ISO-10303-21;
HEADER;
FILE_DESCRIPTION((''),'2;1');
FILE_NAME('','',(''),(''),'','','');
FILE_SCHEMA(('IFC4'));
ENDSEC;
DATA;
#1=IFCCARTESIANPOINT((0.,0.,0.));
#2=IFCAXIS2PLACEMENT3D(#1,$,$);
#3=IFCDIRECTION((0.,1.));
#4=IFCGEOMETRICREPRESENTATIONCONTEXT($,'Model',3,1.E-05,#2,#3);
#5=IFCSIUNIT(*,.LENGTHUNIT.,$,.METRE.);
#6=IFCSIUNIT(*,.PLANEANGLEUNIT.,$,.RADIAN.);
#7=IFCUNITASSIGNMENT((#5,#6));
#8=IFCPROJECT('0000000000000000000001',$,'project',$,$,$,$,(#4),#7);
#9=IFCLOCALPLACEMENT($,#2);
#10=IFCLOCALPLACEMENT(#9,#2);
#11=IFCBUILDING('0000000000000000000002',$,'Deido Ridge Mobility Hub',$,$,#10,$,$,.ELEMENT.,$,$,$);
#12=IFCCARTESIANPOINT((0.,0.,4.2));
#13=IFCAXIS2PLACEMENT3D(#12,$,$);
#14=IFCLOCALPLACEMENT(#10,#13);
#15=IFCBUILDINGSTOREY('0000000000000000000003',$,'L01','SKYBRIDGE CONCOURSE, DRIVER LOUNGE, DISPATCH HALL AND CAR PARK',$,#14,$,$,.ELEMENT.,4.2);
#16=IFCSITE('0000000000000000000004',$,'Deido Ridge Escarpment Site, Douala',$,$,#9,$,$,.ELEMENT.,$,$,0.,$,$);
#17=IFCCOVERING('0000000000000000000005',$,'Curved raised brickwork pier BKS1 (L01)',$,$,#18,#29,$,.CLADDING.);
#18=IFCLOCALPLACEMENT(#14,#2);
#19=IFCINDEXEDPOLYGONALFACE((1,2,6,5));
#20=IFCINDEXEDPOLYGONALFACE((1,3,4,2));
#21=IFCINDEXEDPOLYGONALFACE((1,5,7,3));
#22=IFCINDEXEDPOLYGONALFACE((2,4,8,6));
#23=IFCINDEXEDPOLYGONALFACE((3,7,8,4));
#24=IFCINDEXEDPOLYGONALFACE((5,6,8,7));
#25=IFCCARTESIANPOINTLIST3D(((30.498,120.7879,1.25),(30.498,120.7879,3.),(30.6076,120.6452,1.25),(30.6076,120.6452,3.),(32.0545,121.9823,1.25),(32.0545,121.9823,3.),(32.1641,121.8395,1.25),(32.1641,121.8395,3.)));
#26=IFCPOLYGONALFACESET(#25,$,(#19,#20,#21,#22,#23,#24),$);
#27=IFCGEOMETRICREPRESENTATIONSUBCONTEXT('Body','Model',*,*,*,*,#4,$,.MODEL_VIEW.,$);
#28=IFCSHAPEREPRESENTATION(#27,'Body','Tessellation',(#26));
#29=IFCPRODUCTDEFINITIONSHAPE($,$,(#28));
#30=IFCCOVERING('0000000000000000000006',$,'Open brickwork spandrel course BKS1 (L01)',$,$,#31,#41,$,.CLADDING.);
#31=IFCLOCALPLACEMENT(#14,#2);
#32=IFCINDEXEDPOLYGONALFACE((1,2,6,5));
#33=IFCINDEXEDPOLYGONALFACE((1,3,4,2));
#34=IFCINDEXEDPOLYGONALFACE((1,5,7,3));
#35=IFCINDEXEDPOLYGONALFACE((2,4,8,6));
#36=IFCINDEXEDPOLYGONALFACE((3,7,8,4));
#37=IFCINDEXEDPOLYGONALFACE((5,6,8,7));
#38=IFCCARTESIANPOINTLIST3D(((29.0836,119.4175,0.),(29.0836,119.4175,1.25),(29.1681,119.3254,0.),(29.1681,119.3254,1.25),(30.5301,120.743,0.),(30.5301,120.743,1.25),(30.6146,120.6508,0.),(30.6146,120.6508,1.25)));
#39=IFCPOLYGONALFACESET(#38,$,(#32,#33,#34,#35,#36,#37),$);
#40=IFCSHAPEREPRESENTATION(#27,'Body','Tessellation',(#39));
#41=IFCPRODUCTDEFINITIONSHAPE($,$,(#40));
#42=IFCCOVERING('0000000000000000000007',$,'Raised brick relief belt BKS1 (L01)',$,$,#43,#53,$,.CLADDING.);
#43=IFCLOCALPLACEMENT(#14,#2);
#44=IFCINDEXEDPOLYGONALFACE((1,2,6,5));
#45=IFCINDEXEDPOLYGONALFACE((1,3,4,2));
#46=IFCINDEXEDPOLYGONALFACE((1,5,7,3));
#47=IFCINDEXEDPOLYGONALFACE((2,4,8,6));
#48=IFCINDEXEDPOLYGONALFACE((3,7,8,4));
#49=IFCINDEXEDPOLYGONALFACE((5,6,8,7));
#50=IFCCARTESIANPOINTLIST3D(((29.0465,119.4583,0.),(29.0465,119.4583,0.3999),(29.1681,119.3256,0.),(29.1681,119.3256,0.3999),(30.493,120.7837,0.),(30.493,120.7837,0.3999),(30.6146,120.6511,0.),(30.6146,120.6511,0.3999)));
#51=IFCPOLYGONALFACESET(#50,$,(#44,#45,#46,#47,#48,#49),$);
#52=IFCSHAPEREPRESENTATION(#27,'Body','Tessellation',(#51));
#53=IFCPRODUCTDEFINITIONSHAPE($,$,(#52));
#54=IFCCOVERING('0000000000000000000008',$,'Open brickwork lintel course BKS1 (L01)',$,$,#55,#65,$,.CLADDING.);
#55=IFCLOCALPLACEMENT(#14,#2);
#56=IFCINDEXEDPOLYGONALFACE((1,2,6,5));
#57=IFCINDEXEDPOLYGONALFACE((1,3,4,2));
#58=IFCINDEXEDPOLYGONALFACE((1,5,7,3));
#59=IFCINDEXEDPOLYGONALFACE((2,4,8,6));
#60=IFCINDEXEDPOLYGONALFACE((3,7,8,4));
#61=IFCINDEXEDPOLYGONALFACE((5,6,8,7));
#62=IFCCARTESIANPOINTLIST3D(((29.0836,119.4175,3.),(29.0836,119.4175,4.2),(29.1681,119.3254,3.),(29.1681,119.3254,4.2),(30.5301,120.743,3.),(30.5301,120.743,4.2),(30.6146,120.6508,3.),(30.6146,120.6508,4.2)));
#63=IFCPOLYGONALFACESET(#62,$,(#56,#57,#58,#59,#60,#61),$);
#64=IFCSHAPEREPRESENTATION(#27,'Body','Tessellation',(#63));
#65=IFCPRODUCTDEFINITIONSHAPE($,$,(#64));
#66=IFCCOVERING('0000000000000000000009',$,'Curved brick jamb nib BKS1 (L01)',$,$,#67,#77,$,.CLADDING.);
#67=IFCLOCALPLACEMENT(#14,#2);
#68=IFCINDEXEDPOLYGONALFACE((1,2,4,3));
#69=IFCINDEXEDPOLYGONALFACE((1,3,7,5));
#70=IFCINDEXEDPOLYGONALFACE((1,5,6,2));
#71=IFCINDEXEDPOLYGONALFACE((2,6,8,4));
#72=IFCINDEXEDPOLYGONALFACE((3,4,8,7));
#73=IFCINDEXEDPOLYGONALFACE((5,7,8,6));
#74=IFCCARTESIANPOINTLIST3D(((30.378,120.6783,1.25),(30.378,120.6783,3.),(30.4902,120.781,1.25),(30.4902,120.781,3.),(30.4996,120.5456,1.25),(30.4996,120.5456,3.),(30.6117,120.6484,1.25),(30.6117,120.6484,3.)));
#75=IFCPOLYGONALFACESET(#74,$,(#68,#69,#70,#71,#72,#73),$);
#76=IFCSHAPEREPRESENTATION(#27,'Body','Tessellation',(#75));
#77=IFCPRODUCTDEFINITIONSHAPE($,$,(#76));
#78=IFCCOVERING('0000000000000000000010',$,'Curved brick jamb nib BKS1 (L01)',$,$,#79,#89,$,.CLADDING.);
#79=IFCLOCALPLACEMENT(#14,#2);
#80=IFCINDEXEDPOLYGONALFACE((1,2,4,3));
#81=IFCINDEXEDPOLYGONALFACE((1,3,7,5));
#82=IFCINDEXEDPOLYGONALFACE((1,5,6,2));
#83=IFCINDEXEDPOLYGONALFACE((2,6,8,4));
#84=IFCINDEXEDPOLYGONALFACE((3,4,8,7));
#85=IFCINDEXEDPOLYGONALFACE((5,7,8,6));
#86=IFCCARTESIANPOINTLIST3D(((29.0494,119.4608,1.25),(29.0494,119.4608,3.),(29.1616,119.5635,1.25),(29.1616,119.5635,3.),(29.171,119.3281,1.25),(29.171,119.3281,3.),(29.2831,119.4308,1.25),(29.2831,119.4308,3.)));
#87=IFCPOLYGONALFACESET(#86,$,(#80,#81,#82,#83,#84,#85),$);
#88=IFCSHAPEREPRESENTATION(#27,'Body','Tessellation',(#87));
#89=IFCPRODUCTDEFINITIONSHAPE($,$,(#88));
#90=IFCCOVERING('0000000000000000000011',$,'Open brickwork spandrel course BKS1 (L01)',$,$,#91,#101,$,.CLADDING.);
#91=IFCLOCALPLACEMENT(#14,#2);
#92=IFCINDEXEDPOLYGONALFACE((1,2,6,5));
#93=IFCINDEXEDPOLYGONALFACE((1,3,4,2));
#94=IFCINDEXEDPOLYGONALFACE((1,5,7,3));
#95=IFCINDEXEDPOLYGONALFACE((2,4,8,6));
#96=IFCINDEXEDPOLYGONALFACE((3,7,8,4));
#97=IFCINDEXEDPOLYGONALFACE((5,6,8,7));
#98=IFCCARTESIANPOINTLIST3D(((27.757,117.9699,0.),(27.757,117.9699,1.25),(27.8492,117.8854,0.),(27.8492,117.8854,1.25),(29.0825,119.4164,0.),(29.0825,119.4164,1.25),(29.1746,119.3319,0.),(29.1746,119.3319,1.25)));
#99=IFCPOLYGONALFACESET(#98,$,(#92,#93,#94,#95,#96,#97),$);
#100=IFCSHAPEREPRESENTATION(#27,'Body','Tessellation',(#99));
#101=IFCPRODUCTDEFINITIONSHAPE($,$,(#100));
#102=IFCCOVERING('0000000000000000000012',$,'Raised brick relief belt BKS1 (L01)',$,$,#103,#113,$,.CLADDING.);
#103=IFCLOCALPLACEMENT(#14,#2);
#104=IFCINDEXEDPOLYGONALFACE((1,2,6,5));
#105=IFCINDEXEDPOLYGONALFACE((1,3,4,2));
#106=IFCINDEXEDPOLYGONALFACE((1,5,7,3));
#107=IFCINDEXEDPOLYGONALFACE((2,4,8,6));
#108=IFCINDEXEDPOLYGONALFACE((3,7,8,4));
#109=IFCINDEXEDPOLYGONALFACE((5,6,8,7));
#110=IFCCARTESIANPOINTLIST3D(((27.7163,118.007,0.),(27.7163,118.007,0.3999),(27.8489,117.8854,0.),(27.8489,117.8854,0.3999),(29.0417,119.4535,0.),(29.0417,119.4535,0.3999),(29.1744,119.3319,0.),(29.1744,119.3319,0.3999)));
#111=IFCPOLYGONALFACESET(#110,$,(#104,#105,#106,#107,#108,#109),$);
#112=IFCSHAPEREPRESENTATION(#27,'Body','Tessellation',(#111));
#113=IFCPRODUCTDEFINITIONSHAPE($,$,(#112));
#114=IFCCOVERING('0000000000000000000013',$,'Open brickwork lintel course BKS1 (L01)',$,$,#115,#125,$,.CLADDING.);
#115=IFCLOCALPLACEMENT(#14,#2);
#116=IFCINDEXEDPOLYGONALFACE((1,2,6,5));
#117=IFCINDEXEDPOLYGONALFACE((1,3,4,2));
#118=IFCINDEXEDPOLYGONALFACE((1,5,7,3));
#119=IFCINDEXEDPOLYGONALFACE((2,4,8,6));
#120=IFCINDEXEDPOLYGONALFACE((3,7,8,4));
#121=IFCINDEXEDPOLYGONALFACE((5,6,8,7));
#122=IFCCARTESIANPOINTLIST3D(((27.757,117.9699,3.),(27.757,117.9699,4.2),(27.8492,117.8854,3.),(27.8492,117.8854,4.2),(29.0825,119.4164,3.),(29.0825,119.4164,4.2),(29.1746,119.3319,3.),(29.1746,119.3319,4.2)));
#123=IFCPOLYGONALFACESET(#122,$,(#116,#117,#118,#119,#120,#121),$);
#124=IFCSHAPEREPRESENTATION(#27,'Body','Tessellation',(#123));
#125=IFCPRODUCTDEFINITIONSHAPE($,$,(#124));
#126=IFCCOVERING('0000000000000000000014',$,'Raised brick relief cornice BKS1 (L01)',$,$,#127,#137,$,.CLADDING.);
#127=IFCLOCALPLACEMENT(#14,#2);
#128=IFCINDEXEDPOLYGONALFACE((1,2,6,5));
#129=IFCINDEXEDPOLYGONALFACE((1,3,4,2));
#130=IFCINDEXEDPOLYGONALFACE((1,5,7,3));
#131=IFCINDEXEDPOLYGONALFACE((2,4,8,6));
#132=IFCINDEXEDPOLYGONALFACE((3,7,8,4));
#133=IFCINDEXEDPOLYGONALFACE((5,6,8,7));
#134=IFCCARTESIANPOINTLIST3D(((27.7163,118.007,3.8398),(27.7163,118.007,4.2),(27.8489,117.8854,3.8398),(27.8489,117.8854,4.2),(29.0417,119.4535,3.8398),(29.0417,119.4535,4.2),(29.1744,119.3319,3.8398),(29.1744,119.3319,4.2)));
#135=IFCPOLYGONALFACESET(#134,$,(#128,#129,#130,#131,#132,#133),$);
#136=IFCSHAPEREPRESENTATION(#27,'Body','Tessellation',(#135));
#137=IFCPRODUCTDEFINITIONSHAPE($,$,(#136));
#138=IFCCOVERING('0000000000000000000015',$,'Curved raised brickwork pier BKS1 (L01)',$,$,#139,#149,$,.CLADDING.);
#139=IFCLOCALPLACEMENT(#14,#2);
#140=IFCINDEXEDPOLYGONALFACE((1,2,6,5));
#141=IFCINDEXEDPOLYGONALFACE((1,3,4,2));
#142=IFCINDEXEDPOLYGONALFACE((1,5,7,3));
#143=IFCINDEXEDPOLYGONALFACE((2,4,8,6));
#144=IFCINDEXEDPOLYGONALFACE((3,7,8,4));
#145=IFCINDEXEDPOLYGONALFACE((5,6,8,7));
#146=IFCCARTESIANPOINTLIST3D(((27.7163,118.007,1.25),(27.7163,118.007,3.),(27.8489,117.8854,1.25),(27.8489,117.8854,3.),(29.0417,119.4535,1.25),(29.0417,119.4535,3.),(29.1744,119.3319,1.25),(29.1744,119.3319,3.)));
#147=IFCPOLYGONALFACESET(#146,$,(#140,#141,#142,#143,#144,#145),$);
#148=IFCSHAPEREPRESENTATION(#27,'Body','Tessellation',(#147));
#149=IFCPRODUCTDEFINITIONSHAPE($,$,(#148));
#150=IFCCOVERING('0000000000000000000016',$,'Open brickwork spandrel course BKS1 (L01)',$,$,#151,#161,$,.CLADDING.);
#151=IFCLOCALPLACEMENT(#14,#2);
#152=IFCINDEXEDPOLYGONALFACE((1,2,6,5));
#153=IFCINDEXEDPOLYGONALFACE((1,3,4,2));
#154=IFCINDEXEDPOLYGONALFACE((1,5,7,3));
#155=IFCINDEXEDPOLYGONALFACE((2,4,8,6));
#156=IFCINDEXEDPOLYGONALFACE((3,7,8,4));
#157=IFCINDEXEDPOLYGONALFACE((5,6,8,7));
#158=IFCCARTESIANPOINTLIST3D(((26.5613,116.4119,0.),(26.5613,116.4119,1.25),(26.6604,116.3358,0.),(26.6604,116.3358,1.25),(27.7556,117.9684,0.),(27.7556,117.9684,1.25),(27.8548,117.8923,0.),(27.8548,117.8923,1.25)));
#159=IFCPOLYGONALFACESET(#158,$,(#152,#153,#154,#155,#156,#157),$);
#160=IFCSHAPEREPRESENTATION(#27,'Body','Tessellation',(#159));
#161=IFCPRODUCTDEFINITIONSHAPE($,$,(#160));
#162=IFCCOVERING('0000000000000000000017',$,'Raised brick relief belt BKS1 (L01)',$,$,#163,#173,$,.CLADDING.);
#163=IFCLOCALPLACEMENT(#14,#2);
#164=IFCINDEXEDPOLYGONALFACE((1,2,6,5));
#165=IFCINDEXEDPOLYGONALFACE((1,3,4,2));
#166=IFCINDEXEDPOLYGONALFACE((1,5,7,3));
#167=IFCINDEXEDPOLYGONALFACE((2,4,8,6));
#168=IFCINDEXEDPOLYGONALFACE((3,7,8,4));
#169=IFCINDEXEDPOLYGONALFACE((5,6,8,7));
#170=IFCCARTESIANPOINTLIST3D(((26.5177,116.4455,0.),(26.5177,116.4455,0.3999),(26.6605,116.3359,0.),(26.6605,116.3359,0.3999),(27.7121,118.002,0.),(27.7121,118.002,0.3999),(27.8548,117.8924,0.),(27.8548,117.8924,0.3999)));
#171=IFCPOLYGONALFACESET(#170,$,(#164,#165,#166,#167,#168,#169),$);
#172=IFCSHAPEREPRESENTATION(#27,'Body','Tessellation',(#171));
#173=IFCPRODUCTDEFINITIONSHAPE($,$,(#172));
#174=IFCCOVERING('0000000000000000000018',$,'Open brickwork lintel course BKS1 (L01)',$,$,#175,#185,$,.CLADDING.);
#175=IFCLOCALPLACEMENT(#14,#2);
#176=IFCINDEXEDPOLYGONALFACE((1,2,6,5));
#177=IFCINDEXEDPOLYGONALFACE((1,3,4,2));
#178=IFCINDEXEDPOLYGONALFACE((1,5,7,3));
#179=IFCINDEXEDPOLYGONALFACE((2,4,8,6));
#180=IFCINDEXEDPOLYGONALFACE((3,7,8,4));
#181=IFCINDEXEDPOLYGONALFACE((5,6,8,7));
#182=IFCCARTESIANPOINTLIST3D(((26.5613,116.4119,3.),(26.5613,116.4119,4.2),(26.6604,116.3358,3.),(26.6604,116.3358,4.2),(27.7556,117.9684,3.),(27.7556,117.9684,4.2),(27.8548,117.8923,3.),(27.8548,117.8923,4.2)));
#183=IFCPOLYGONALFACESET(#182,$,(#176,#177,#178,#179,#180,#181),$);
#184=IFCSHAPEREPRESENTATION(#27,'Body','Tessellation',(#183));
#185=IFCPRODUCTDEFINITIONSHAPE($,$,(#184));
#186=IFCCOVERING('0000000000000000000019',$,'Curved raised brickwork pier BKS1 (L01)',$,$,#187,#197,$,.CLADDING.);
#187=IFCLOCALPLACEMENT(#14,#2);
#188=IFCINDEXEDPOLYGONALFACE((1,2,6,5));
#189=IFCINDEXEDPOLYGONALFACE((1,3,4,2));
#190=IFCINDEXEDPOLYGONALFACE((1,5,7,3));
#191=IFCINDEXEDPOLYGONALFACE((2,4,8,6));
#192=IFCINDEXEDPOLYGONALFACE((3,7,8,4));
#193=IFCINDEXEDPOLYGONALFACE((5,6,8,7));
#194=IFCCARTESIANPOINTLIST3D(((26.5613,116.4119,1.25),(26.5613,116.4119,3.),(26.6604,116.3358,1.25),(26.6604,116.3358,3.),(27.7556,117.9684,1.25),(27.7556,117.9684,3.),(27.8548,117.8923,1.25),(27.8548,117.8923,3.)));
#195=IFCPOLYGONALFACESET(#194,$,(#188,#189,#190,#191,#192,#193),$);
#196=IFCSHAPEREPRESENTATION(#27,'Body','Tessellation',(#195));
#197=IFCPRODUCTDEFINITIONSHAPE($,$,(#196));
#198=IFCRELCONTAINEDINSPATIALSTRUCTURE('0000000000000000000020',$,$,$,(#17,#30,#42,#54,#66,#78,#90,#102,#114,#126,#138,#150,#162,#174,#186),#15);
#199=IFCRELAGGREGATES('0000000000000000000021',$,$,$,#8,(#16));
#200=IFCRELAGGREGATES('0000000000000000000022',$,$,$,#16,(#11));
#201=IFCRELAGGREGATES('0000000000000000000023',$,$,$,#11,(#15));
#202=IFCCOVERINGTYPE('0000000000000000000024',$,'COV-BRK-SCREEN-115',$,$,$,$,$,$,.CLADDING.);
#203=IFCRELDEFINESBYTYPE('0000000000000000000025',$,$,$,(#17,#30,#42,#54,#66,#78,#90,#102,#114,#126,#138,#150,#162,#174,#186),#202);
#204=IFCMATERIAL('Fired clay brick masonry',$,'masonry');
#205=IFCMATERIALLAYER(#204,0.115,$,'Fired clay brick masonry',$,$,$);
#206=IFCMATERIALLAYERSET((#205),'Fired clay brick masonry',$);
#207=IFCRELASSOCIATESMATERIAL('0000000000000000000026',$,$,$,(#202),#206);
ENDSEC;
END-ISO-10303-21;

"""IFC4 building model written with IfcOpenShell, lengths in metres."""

from ifc_helpers import new_model, si_unit, direction, frame, origin, origin_2d, place, context, subcontext, project, spatial, rectangle, extrude, material, layer, layer_set, type_object, element, save


model = new_model("IFC4")

# Units and contexts
model_context = context("Model", 3, precision=1e-05, world=origin(), true_north=direction((0.0, 1.0)))
body_context = subcontext(model_context, "Body", "Model", "MODEL_VIEW")
ifc_project = project(units=[si_unit("LENGTHUNIT", "METRE"), si_unit("PLANEANGLEUNIT", "RADIAN")], contexts=[model_context])

# Site, building, storey
site_placement = place(None, origin())
site = spatial("IfcSite", under=ifc_project, at=site_placement, Name="Deido Ridge Escarpment Site, Douala", CompositionType="ELEMENT", RefElevation=0.0)
building_placement = place(site_placement, origin())
building = spatial("IfcBuilding", under=site, at=building_placement, Name="Deido Ridge Mobility Hub", CompositionType="ELEMENT")
storey_placement = place(building_placement, frame((0.0, 0.0, 4.2)))
storey = spatial("IfcBuildingStorey", under=building, at=storey_placement, Name="L01", Description="SKYBRIDGE CONCOURSE, DRIVER LOUNGE, DISPATCH HALL AND CAR PARK", CompositionType="ELEMENT", Elevation=4.2)

# Coverings
ifc_material_1 = material(Name="Fired clay brick masonry", Category="masonry")
ifc_layer = layer(ifc_material_1, 0.115, Name="Fired clay brick masonry")
ifc_layer_set = layer_set([ifc_layer], Name="Fired clay brick masonry")
covering_type = type_object("IfcCoveringType", Name="COV-BRK-SCREEN-115", PredefinedType="CLADDING", material=ifc_layer_set)
covering_1_placement = place(storey_placement, frame((31.3311, 121.3137, 1.25), z_axis=(0.0, 0.0, 1.0), x_axis=(-0.793353, -0.608761, 0.0)))
element("IfcCovering", 1, at=covering_1_placement, inside=storey, type_object=covering_type, Name="Curved raised brickwork pier BKS1 (L01)", PredefinedType="CLADDING", context=body_context, shape_type="SweptSolid", body=[
    extrude(rectangle(XDim=1.9619, YDim=0.1799, at=origin_2d()), origin(), (0.0, 0.0, 1.0), 1.75),
])
covering_2_placement = place(storey_placement, frame((29.8491, 120.0342, 0.0), z_axis=(0.0, 0.0, 1.0), x_axis=(-0.737289, -0.675577, 0.0)))
element("IfcCovering", 2, at=covering_2_placement, inside=storey, type_object=covering_type, Name="Open brickwork spandrel course BKS1 (L01)", PredefinedType="CLADDING", context=body_context, shape_type="SweptSolid", body=[
    extrude(rectangle(XDim=1.9619, YDim=0.125, at=origin_2d()), origin(), (0.0, 0.0, 1.0), 1.25),
])
covering_3_placement = place(storey_placement, frame((29.8306, 120.0547, 0.0), z_axis=(0.0, 0.0, 1.0), x_axis=(-0.737289, -0.675577, 0.0)))
element("IfcCovering", 3, at=covering_3_placement, inside=storey, type_object=covering_type, Name="Raised brick relief belt BKS1 (L01)", PredefinedType="CLADDING", context=body_context, shape_type="SweptSolid", body=[
    extrude(rectangle(XDim=1.9619, YDim=0.1799, at=origin_2d()), origin(), (0.0, 0.0, 1.0), 0.3999),
])
covering_4_placement = place(storey_placement, frame((29.8491, 120.0342, 3.0), z_axis=(0.0, 0.0, 1.0), x_axis=(-0.737289, -0.675577, 0.0)))
element("IfcCovering", 4, at=covering_4_placement, inside=storey, type_object=covering_type, Name="Open brickwork lintel course BKS1 (L01)", PredefinedType="CLADDING", context=body_context, shape_type="SweptSolid", body=[
    extrude(rectangle(XDim=1.9619, YDim=0.125, at=origin_2d()), origin(), (0.0, 0.0, 1.0), 1.2),
])
for number, where, z_axis, x_axis, name in (
    (5, (30.4949, 120.6633, 1.25), (0.0, 0.0, 1.0), (-0.737289, -0.675577, 0.0), "Curved brick jamb nib BKS1 (L01)"),
    (6, (29.1663, 119.4458, 1.25), (0.0, 0.0, 1.0), (-0.737289, -0.675577, 0.0), "Curved brick jamb nib BKS1 (L01)"),
):
    element("IfcCovering", number, at=place(storey_placement, frame(where, z_axis=z_axis, x_axis=x_axis)), inside=storey, type_object=covering_type, Name=name, PredefinedType="CLADDING", context=body_context, shape_type="SweptSolid", body=[
        extrude(rectangle(XDim=0.1521, YDim=0.1799, at=origin_2d()), origin(), (0.0, 0.0, 1.0), 1.75),
    ])
covering_5_placement = place(storey_placement, frame((28.4658, 118.6509, 0.0), z_axis=(0.0, 0.0, 1.0), x_axis=(-0.675577, -0.737289, 0.0)))
element("IfcCovering", 7, at=covering_5_placement, inside=storey, type_object=covering_type, Name="Open brickwork spandrel course BKS1 (L01)", PredefinedType="CLADDING", context=body_context, shape_type="SweptSolid", body=[
    extrude(rectangle(XDim=1.9619, YDim=0.125, at=origin_2d()), origin(), (0.0, 0.0, 1.0), 1.25),
])
covering_6_placement = place(storey_placement, frame((28.4453, 118.6694, 0.0), z_axis=(0.0, 0.0, 1.0), x_axis=(-0.675577, -0.737289, 0.0)))
element("IfcCovering", 8, at=covering_6_placement, inside=storey, type_object=covering_type, Name="Raised brick relief belt BKS1 (L01)", PredefinedType="CLADDING", context=body_context, shape_type="SweptSolid", body=[
    extrude(rectangle(XDim=1.9619, YDim=0.1799, at=origin_2d()), origin(), (0.0, 0.0, 1.0), 0.3999),
])
covering_7_placement = place(storey_placement, frame((28.4658, 118.6509, 3.0), z_axis=(0.0, 0.0, 1.0), x_axis=(-0.675577, -0.737289, 0.0)))
element("IfcCovering", 9, at=covering_7_placement, inside=storey, type_object=covering_type, Name="Open brickwork lintel course BKS1 (L01)", PredefinedType="CLADDING", context=body_context, shape_type="SweptSolid", body=[
    extrude(rectangle(XDim=1.9619, YDim=0.125, at=origin_2d()), origin(), (0.0, 0.0, 1.0), 1.2),
])
covering_8_placement = place(storey_placement, frame((28.4453, 118.6694, 3.8398), z_axis=(0.0, 0.0, 1.0), x_axis=(-0.675577, -0.737289, 0.0)))
element("IfcCovering", 10, at=covering_8_placement, inside=storey, type_object=covering_type, Name="Raised brick relief cornice BKS1 (L01)", PredefinedType="CLADDING", context=body_context, shape_type="SweptSolid", body=[
    extrude(rectangle(XDim=1.9619, YDim=0.1799, at=origin_2d()), origin(), (0.0, 0.0, 1.0), 0.3601),
])
covering_9_placement = place(storey_placement, frame((28.4453, 118.6694, 1.25), z_axis=(0.0, 0.0, 1.0), x_axis=(-0.675577, -0.737289, 0.0)))
element("IfcCovering", 11, at=covering_9_placement, inside=storey, type_object=covering_type, Name="Curved raised brickwork pier BKS1 (L01)", PredefinedType="CLADDING", context=body_context, shape_type="SweptSolid", body=[
    extrude(rectangle(XDim=1.9619, YDim=0.1799, at=origin_2d()), origin(), (0.0, 0.0, 1.0), 1.75),
])
covering_10_placement = place(storey_placement, frame((27.208, 117.1521, 0.0), z_axis=(0.0, 0.0, 1.0), x_axis=(-0.608761, -0.793353, 0.0)))
element("IfcCovering", 12, at=covering_10_placement, inside=storey, type_object=covering_type, Name="Open brickwork spandrel course BKS1 (L01)", PredefinedType="CLADDING", context=body_context, shape_type="SweptSolid", body=[
    extrude(rectangle(XDim=1.9619, YDim=0.125, at=origin_2d()), origin(), (0.0, 0.0, 1.0), 1.25),
])
covering_11_placement = place(storey_placement, frame((27.1863, 117.1689, 0.0), z_axis=(0.0, 0.0, 1.0), x_axis=(-0.608761, -0.793353, 0.0)))
element("IfcCovering", 13, at=covering_11_placement, inside=storey, type_object=covering_type, Name="Raised brick relief belt BKS1 (L01)", PredefinedType="CLADDING", context=body_context, shape_type="SweptSolid", body=[
    extrude(rectangle(XDim=1.9619, YDim=0.1799, at=origin_2d()), origin(), (0.0, 0.0, 1.0), 0.3999),
])
covering_12_placement = place(storey_placement, frame((27.208, 117.1521, 3.0), z_axis=(0.0, 0.0, 1.0), x_axis=(-0.608761, -0.793353, 0.0)))
element("IfcCovering", 14, at=covering_12_placement, inside=storey, type_object=covering_type, Name="Open brickwork lintel course BKS1 (L01)", PredefinedType="CLADDING", context=body_context, shape_type="SweptSolid", body=[
    extrude(rectangle(XDim=1.9619, YDim=0.125, at=origin_2d()), origin(), (0.0, 0.0, 1.0), 1.2),
])
covering_13_placement = place(storey_placement, frame((27.208, 117.1521, 1.25), z_axis=(0.0, 0.0, 1.0), x_axis=(-0.608761, -0.793353, 0.0)))
element("IfcCovering", 15, at=covering_13_placement, inside=storey, type_object=covering_type, Name="Curved raised brickwork pier BKS1 (L01)", PredefinedType="CLADDING", context=body_context, shape_type="SweptSolid", body=[
    extrude(rectangle(XDim=1.9619, YDim=0.125, at=origin_2d()), origin(), (0.0, 0.0, 1.0), 1.75),
])

save(model, "model.ifc")
